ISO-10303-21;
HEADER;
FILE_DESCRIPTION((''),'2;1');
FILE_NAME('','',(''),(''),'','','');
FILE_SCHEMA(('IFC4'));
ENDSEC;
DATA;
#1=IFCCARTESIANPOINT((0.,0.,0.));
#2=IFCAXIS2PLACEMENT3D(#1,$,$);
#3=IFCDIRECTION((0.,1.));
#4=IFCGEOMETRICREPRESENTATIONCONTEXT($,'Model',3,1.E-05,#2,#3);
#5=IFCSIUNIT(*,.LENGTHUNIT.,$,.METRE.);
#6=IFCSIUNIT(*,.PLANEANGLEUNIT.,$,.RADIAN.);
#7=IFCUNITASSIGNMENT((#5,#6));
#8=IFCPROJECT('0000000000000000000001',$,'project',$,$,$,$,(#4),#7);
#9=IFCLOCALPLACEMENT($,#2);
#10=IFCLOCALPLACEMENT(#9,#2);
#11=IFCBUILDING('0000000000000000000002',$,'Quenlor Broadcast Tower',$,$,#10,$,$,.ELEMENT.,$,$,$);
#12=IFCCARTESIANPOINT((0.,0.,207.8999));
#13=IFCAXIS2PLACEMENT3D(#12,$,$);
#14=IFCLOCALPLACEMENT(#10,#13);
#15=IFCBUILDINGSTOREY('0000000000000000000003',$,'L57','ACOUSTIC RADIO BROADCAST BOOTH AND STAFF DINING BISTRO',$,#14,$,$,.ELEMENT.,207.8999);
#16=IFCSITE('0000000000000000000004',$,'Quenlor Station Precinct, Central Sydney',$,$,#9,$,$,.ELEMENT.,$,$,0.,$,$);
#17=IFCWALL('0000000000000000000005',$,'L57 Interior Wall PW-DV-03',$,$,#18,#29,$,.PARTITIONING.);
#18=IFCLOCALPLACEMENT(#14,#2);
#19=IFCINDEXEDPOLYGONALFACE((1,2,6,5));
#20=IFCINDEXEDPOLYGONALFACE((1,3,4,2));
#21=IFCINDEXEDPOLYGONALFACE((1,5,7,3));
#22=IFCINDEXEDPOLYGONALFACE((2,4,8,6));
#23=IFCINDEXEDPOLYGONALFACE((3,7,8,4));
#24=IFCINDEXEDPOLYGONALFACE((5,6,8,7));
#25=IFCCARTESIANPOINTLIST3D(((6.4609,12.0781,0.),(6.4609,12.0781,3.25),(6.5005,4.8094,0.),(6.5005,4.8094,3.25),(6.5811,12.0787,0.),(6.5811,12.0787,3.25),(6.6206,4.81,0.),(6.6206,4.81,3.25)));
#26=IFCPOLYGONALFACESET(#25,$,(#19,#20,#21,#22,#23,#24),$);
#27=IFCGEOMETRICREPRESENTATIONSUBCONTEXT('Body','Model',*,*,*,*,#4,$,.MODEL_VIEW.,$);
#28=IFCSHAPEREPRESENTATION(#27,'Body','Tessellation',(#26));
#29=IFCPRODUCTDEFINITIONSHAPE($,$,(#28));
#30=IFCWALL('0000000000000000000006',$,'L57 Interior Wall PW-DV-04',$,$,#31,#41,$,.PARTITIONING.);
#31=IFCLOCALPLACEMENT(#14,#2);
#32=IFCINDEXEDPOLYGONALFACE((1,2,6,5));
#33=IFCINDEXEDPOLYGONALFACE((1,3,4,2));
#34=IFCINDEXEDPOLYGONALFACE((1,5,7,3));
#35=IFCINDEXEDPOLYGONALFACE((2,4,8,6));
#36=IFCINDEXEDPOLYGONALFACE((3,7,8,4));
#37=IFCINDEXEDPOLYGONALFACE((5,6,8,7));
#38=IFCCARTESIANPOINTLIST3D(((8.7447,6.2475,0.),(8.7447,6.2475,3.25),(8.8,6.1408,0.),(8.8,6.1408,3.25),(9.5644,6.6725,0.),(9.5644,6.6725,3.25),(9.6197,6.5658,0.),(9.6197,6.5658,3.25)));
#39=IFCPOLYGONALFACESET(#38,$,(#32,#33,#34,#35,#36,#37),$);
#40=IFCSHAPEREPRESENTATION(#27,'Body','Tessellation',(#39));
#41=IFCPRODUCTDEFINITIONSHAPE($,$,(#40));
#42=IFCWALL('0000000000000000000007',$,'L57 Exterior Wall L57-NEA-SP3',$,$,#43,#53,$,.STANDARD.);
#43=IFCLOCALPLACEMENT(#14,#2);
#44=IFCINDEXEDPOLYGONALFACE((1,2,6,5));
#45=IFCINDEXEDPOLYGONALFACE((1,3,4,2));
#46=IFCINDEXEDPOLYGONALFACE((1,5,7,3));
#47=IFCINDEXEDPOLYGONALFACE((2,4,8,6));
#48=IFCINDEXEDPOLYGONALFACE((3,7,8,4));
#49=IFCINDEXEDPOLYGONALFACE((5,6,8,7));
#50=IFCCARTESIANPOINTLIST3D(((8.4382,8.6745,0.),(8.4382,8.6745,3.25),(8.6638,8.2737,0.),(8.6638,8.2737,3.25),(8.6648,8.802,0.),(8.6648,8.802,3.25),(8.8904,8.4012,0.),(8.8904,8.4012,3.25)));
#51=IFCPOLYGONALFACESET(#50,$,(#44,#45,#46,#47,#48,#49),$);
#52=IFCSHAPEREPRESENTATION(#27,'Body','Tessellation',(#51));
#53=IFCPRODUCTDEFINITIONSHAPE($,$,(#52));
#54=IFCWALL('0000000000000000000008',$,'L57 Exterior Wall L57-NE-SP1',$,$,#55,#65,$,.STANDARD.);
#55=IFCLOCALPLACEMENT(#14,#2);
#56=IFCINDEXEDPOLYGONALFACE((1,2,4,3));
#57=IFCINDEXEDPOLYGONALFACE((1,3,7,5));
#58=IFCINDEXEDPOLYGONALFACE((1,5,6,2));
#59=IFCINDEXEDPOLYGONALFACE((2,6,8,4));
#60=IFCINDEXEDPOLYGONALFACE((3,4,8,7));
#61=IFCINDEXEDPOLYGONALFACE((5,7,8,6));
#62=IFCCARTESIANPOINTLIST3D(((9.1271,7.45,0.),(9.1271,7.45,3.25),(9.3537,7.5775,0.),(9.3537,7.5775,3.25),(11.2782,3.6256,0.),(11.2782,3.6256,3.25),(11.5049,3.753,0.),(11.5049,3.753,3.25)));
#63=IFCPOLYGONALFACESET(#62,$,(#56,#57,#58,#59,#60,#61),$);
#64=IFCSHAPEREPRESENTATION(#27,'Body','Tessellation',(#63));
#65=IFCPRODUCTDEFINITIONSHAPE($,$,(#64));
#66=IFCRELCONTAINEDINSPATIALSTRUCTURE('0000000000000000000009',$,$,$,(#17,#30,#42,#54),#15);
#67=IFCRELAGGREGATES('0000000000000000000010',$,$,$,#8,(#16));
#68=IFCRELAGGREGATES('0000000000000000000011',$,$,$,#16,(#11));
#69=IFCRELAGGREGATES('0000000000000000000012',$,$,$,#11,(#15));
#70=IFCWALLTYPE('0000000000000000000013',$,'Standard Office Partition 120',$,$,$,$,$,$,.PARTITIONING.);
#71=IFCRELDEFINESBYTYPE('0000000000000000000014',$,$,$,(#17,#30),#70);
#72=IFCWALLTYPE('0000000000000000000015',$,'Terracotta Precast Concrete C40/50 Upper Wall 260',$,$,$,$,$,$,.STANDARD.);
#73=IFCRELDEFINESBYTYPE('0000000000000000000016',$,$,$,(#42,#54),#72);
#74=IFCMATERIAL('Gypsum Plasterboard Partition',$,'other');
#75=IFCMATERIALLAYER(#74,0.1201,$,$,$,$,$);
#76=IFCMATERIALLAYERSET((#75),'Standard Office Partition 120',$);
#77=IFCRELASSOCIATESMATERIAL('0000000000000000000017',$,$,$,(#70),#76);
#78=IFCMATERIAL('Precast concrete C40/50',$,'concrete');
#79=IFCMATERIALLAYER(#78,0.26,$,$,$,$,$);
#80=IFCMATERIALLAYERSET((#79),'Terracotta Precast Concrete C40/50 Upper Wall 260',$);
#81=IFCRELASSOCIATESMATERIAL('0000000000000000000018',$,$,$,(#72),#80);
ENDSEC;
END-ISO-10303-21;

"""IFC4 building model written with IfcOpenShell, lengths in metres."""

from ifc_helpers import new_model, si_unit, direction, frame, frame_2d, origin, place, context, subcontext, project, spatial, rectangle, extrude, material, layer, layer_set, type_object, element, save


model = new_model("IFC4")

# Units and contexts
model_context = context("Model", 3, precision=1e-05, world=origin(), true_north=direction((0.0, 1.0)))
body_context = subcontext(model_context, "Body", "Model", "MODEL_VIEW")
ifc_project = project(units=[si_unit("LENGTHUNIT", "METRE"), si_unit("PLANEANGLEUNIT", "RADIAN")], contexts=[model_context])

# Site, building, storey
site_placement = place(None, origin())
site = spatial("IfcSite", under=ifc_project, at=site_placement, Name="Quenlor Station Precinct, Central Sydney", CompositionType="ELEMENT", RefElevation=0.0)
building_placement = place(site_placement, origin())
building = spatial("IfcBuilding", under=site, at=building_placement, Name="Quenlor Broadcast Tower", CompositionType="ELEMENT")
storey_placement = place(building_placement, frame((0.0, 0.0, 207.8999)))
storey = spatial("IfcBuildingStorey", under=building, at=storey_placement, Name="L57", Description="ACOUSTIC RADIO BROADCAST BOOTH AND STAFF DINING BISTRO", CompositionType="ELEMENT", Elevation=207.8999)

# Shared definitions
ifc_material_1 = material(Name="Gypsum Plasterboard Partition", Category="other")
ifc_layer_1 = layer(ifc_material_1, 0.1201)
ifc_layer_set_1 = layer_set([ifc_layer_1], Name="Standard Office Partition 120")
wall_type_1 = type_object("IfcWallType", Name="Standard Office Partition 120", PredefinedType="PARTITIONING", material=ifc_layer_set_1)

# Walls
wall_1_placement = place(storey_placement, frame((6.5605, 4.8098, 0.0), z_axis=(0.0, 0.0, 1.0), x_axis=(-0.005441, 0.999985, 0.0)))
element("IfcWall", 1, at=wall_1_placement, inside=storey, type_object=wall_type_1, Name="L57 Interior Wall PW-DV-03", PredefinedType="PARTITIONING", context=body_context, shape_type="SweptSolid", body=[
    extrude(rectangle(XDim=7.2688, YDim=0.1201, at=frame_2d((3.6343, 0.0))), origin(), (0.0, 0.0, 1.0), 3.25),
])
wall_2_placement = place(storey_placement, frame((9.592, 6.6191, 0.0), z_axis=(0.0, 0.0, 1.0), x_axis=(-0.887775, -0.460279, 0.0)))
element("IfcWall", 2, at=wall_2_placement, inside=storey, type_object=wall_type_1, Name="L57 Interior Wall PW-DV-04", PredefinedType="PARTITIONING", context=body_context, shape_type="SweptSolid", body=[
    extrude(rectangle(XDim=0.9233, YDim=0.1201, at=frame_2d((0.4617, 0.0))), origin(), (0.0, 0.0, 1.0), 3.25),
])
ifc_material_2 = material(Name="Precast concrete C40/50", Category="concrete")
ifc_layer_2 = layer(ifc_material_2, 0.26)
ifc_layer_set_2 = layer_set([ifc_layer_2], Name="Terracotta Precast Concrete C40/50 Upper Wall 260")
wall_type_2 = type_object("IfcWallType", Name="Terracotta Precast Concrete C40/50 Upper Wall 260", PredefinedType="STANDARD", material=ifc_layer_set_2)
wall_3_placement = place(storey_placement, frame((8.5515, 8.7383, 0.0), z_axis=(0.0, 0.0, 1.0), x_axis=(0.490412, -0.87149, 0.0)))
element("IfcWall", 3, at=wall_3_placement, inside=storey, type_object=wall_type_2, Name="L57 Exterior Wall L57-NEA-SP3", PredefinedType="STANDARD", context=body_context, shape_type="SweptSolid", body=[
    extrude(rectangle(XDim=0.46, YDim=0.26, at=frame_2d((0.23, 0.0))), origin(), (0.0, 0.0, 1.0), 3.25),
])
wall_4_placement = place(storey_placement, frame((9.2405, 7.5137, 0.0), z_axis=(0.0, 0.0, 1.0), x_axis=(0.490237, -0.871589, 0.0)))
element("IfcWall", 4, at=wall_4_placement, inside=storey, type_object=wall_type_2, Name="L57 Exterior Wall L57-NE-SP1", PredefinedType="STANDARD", context=body_context, shape_type="SweptSolid", body=[
    extrude(rectangle(XDim=4.3879, YDim=0.26, at=frame_2d((2.1938, 0.0))), origin(), (0.0, 0.0, 1.0), 3.25),
])

save(model, "model.ifc")
